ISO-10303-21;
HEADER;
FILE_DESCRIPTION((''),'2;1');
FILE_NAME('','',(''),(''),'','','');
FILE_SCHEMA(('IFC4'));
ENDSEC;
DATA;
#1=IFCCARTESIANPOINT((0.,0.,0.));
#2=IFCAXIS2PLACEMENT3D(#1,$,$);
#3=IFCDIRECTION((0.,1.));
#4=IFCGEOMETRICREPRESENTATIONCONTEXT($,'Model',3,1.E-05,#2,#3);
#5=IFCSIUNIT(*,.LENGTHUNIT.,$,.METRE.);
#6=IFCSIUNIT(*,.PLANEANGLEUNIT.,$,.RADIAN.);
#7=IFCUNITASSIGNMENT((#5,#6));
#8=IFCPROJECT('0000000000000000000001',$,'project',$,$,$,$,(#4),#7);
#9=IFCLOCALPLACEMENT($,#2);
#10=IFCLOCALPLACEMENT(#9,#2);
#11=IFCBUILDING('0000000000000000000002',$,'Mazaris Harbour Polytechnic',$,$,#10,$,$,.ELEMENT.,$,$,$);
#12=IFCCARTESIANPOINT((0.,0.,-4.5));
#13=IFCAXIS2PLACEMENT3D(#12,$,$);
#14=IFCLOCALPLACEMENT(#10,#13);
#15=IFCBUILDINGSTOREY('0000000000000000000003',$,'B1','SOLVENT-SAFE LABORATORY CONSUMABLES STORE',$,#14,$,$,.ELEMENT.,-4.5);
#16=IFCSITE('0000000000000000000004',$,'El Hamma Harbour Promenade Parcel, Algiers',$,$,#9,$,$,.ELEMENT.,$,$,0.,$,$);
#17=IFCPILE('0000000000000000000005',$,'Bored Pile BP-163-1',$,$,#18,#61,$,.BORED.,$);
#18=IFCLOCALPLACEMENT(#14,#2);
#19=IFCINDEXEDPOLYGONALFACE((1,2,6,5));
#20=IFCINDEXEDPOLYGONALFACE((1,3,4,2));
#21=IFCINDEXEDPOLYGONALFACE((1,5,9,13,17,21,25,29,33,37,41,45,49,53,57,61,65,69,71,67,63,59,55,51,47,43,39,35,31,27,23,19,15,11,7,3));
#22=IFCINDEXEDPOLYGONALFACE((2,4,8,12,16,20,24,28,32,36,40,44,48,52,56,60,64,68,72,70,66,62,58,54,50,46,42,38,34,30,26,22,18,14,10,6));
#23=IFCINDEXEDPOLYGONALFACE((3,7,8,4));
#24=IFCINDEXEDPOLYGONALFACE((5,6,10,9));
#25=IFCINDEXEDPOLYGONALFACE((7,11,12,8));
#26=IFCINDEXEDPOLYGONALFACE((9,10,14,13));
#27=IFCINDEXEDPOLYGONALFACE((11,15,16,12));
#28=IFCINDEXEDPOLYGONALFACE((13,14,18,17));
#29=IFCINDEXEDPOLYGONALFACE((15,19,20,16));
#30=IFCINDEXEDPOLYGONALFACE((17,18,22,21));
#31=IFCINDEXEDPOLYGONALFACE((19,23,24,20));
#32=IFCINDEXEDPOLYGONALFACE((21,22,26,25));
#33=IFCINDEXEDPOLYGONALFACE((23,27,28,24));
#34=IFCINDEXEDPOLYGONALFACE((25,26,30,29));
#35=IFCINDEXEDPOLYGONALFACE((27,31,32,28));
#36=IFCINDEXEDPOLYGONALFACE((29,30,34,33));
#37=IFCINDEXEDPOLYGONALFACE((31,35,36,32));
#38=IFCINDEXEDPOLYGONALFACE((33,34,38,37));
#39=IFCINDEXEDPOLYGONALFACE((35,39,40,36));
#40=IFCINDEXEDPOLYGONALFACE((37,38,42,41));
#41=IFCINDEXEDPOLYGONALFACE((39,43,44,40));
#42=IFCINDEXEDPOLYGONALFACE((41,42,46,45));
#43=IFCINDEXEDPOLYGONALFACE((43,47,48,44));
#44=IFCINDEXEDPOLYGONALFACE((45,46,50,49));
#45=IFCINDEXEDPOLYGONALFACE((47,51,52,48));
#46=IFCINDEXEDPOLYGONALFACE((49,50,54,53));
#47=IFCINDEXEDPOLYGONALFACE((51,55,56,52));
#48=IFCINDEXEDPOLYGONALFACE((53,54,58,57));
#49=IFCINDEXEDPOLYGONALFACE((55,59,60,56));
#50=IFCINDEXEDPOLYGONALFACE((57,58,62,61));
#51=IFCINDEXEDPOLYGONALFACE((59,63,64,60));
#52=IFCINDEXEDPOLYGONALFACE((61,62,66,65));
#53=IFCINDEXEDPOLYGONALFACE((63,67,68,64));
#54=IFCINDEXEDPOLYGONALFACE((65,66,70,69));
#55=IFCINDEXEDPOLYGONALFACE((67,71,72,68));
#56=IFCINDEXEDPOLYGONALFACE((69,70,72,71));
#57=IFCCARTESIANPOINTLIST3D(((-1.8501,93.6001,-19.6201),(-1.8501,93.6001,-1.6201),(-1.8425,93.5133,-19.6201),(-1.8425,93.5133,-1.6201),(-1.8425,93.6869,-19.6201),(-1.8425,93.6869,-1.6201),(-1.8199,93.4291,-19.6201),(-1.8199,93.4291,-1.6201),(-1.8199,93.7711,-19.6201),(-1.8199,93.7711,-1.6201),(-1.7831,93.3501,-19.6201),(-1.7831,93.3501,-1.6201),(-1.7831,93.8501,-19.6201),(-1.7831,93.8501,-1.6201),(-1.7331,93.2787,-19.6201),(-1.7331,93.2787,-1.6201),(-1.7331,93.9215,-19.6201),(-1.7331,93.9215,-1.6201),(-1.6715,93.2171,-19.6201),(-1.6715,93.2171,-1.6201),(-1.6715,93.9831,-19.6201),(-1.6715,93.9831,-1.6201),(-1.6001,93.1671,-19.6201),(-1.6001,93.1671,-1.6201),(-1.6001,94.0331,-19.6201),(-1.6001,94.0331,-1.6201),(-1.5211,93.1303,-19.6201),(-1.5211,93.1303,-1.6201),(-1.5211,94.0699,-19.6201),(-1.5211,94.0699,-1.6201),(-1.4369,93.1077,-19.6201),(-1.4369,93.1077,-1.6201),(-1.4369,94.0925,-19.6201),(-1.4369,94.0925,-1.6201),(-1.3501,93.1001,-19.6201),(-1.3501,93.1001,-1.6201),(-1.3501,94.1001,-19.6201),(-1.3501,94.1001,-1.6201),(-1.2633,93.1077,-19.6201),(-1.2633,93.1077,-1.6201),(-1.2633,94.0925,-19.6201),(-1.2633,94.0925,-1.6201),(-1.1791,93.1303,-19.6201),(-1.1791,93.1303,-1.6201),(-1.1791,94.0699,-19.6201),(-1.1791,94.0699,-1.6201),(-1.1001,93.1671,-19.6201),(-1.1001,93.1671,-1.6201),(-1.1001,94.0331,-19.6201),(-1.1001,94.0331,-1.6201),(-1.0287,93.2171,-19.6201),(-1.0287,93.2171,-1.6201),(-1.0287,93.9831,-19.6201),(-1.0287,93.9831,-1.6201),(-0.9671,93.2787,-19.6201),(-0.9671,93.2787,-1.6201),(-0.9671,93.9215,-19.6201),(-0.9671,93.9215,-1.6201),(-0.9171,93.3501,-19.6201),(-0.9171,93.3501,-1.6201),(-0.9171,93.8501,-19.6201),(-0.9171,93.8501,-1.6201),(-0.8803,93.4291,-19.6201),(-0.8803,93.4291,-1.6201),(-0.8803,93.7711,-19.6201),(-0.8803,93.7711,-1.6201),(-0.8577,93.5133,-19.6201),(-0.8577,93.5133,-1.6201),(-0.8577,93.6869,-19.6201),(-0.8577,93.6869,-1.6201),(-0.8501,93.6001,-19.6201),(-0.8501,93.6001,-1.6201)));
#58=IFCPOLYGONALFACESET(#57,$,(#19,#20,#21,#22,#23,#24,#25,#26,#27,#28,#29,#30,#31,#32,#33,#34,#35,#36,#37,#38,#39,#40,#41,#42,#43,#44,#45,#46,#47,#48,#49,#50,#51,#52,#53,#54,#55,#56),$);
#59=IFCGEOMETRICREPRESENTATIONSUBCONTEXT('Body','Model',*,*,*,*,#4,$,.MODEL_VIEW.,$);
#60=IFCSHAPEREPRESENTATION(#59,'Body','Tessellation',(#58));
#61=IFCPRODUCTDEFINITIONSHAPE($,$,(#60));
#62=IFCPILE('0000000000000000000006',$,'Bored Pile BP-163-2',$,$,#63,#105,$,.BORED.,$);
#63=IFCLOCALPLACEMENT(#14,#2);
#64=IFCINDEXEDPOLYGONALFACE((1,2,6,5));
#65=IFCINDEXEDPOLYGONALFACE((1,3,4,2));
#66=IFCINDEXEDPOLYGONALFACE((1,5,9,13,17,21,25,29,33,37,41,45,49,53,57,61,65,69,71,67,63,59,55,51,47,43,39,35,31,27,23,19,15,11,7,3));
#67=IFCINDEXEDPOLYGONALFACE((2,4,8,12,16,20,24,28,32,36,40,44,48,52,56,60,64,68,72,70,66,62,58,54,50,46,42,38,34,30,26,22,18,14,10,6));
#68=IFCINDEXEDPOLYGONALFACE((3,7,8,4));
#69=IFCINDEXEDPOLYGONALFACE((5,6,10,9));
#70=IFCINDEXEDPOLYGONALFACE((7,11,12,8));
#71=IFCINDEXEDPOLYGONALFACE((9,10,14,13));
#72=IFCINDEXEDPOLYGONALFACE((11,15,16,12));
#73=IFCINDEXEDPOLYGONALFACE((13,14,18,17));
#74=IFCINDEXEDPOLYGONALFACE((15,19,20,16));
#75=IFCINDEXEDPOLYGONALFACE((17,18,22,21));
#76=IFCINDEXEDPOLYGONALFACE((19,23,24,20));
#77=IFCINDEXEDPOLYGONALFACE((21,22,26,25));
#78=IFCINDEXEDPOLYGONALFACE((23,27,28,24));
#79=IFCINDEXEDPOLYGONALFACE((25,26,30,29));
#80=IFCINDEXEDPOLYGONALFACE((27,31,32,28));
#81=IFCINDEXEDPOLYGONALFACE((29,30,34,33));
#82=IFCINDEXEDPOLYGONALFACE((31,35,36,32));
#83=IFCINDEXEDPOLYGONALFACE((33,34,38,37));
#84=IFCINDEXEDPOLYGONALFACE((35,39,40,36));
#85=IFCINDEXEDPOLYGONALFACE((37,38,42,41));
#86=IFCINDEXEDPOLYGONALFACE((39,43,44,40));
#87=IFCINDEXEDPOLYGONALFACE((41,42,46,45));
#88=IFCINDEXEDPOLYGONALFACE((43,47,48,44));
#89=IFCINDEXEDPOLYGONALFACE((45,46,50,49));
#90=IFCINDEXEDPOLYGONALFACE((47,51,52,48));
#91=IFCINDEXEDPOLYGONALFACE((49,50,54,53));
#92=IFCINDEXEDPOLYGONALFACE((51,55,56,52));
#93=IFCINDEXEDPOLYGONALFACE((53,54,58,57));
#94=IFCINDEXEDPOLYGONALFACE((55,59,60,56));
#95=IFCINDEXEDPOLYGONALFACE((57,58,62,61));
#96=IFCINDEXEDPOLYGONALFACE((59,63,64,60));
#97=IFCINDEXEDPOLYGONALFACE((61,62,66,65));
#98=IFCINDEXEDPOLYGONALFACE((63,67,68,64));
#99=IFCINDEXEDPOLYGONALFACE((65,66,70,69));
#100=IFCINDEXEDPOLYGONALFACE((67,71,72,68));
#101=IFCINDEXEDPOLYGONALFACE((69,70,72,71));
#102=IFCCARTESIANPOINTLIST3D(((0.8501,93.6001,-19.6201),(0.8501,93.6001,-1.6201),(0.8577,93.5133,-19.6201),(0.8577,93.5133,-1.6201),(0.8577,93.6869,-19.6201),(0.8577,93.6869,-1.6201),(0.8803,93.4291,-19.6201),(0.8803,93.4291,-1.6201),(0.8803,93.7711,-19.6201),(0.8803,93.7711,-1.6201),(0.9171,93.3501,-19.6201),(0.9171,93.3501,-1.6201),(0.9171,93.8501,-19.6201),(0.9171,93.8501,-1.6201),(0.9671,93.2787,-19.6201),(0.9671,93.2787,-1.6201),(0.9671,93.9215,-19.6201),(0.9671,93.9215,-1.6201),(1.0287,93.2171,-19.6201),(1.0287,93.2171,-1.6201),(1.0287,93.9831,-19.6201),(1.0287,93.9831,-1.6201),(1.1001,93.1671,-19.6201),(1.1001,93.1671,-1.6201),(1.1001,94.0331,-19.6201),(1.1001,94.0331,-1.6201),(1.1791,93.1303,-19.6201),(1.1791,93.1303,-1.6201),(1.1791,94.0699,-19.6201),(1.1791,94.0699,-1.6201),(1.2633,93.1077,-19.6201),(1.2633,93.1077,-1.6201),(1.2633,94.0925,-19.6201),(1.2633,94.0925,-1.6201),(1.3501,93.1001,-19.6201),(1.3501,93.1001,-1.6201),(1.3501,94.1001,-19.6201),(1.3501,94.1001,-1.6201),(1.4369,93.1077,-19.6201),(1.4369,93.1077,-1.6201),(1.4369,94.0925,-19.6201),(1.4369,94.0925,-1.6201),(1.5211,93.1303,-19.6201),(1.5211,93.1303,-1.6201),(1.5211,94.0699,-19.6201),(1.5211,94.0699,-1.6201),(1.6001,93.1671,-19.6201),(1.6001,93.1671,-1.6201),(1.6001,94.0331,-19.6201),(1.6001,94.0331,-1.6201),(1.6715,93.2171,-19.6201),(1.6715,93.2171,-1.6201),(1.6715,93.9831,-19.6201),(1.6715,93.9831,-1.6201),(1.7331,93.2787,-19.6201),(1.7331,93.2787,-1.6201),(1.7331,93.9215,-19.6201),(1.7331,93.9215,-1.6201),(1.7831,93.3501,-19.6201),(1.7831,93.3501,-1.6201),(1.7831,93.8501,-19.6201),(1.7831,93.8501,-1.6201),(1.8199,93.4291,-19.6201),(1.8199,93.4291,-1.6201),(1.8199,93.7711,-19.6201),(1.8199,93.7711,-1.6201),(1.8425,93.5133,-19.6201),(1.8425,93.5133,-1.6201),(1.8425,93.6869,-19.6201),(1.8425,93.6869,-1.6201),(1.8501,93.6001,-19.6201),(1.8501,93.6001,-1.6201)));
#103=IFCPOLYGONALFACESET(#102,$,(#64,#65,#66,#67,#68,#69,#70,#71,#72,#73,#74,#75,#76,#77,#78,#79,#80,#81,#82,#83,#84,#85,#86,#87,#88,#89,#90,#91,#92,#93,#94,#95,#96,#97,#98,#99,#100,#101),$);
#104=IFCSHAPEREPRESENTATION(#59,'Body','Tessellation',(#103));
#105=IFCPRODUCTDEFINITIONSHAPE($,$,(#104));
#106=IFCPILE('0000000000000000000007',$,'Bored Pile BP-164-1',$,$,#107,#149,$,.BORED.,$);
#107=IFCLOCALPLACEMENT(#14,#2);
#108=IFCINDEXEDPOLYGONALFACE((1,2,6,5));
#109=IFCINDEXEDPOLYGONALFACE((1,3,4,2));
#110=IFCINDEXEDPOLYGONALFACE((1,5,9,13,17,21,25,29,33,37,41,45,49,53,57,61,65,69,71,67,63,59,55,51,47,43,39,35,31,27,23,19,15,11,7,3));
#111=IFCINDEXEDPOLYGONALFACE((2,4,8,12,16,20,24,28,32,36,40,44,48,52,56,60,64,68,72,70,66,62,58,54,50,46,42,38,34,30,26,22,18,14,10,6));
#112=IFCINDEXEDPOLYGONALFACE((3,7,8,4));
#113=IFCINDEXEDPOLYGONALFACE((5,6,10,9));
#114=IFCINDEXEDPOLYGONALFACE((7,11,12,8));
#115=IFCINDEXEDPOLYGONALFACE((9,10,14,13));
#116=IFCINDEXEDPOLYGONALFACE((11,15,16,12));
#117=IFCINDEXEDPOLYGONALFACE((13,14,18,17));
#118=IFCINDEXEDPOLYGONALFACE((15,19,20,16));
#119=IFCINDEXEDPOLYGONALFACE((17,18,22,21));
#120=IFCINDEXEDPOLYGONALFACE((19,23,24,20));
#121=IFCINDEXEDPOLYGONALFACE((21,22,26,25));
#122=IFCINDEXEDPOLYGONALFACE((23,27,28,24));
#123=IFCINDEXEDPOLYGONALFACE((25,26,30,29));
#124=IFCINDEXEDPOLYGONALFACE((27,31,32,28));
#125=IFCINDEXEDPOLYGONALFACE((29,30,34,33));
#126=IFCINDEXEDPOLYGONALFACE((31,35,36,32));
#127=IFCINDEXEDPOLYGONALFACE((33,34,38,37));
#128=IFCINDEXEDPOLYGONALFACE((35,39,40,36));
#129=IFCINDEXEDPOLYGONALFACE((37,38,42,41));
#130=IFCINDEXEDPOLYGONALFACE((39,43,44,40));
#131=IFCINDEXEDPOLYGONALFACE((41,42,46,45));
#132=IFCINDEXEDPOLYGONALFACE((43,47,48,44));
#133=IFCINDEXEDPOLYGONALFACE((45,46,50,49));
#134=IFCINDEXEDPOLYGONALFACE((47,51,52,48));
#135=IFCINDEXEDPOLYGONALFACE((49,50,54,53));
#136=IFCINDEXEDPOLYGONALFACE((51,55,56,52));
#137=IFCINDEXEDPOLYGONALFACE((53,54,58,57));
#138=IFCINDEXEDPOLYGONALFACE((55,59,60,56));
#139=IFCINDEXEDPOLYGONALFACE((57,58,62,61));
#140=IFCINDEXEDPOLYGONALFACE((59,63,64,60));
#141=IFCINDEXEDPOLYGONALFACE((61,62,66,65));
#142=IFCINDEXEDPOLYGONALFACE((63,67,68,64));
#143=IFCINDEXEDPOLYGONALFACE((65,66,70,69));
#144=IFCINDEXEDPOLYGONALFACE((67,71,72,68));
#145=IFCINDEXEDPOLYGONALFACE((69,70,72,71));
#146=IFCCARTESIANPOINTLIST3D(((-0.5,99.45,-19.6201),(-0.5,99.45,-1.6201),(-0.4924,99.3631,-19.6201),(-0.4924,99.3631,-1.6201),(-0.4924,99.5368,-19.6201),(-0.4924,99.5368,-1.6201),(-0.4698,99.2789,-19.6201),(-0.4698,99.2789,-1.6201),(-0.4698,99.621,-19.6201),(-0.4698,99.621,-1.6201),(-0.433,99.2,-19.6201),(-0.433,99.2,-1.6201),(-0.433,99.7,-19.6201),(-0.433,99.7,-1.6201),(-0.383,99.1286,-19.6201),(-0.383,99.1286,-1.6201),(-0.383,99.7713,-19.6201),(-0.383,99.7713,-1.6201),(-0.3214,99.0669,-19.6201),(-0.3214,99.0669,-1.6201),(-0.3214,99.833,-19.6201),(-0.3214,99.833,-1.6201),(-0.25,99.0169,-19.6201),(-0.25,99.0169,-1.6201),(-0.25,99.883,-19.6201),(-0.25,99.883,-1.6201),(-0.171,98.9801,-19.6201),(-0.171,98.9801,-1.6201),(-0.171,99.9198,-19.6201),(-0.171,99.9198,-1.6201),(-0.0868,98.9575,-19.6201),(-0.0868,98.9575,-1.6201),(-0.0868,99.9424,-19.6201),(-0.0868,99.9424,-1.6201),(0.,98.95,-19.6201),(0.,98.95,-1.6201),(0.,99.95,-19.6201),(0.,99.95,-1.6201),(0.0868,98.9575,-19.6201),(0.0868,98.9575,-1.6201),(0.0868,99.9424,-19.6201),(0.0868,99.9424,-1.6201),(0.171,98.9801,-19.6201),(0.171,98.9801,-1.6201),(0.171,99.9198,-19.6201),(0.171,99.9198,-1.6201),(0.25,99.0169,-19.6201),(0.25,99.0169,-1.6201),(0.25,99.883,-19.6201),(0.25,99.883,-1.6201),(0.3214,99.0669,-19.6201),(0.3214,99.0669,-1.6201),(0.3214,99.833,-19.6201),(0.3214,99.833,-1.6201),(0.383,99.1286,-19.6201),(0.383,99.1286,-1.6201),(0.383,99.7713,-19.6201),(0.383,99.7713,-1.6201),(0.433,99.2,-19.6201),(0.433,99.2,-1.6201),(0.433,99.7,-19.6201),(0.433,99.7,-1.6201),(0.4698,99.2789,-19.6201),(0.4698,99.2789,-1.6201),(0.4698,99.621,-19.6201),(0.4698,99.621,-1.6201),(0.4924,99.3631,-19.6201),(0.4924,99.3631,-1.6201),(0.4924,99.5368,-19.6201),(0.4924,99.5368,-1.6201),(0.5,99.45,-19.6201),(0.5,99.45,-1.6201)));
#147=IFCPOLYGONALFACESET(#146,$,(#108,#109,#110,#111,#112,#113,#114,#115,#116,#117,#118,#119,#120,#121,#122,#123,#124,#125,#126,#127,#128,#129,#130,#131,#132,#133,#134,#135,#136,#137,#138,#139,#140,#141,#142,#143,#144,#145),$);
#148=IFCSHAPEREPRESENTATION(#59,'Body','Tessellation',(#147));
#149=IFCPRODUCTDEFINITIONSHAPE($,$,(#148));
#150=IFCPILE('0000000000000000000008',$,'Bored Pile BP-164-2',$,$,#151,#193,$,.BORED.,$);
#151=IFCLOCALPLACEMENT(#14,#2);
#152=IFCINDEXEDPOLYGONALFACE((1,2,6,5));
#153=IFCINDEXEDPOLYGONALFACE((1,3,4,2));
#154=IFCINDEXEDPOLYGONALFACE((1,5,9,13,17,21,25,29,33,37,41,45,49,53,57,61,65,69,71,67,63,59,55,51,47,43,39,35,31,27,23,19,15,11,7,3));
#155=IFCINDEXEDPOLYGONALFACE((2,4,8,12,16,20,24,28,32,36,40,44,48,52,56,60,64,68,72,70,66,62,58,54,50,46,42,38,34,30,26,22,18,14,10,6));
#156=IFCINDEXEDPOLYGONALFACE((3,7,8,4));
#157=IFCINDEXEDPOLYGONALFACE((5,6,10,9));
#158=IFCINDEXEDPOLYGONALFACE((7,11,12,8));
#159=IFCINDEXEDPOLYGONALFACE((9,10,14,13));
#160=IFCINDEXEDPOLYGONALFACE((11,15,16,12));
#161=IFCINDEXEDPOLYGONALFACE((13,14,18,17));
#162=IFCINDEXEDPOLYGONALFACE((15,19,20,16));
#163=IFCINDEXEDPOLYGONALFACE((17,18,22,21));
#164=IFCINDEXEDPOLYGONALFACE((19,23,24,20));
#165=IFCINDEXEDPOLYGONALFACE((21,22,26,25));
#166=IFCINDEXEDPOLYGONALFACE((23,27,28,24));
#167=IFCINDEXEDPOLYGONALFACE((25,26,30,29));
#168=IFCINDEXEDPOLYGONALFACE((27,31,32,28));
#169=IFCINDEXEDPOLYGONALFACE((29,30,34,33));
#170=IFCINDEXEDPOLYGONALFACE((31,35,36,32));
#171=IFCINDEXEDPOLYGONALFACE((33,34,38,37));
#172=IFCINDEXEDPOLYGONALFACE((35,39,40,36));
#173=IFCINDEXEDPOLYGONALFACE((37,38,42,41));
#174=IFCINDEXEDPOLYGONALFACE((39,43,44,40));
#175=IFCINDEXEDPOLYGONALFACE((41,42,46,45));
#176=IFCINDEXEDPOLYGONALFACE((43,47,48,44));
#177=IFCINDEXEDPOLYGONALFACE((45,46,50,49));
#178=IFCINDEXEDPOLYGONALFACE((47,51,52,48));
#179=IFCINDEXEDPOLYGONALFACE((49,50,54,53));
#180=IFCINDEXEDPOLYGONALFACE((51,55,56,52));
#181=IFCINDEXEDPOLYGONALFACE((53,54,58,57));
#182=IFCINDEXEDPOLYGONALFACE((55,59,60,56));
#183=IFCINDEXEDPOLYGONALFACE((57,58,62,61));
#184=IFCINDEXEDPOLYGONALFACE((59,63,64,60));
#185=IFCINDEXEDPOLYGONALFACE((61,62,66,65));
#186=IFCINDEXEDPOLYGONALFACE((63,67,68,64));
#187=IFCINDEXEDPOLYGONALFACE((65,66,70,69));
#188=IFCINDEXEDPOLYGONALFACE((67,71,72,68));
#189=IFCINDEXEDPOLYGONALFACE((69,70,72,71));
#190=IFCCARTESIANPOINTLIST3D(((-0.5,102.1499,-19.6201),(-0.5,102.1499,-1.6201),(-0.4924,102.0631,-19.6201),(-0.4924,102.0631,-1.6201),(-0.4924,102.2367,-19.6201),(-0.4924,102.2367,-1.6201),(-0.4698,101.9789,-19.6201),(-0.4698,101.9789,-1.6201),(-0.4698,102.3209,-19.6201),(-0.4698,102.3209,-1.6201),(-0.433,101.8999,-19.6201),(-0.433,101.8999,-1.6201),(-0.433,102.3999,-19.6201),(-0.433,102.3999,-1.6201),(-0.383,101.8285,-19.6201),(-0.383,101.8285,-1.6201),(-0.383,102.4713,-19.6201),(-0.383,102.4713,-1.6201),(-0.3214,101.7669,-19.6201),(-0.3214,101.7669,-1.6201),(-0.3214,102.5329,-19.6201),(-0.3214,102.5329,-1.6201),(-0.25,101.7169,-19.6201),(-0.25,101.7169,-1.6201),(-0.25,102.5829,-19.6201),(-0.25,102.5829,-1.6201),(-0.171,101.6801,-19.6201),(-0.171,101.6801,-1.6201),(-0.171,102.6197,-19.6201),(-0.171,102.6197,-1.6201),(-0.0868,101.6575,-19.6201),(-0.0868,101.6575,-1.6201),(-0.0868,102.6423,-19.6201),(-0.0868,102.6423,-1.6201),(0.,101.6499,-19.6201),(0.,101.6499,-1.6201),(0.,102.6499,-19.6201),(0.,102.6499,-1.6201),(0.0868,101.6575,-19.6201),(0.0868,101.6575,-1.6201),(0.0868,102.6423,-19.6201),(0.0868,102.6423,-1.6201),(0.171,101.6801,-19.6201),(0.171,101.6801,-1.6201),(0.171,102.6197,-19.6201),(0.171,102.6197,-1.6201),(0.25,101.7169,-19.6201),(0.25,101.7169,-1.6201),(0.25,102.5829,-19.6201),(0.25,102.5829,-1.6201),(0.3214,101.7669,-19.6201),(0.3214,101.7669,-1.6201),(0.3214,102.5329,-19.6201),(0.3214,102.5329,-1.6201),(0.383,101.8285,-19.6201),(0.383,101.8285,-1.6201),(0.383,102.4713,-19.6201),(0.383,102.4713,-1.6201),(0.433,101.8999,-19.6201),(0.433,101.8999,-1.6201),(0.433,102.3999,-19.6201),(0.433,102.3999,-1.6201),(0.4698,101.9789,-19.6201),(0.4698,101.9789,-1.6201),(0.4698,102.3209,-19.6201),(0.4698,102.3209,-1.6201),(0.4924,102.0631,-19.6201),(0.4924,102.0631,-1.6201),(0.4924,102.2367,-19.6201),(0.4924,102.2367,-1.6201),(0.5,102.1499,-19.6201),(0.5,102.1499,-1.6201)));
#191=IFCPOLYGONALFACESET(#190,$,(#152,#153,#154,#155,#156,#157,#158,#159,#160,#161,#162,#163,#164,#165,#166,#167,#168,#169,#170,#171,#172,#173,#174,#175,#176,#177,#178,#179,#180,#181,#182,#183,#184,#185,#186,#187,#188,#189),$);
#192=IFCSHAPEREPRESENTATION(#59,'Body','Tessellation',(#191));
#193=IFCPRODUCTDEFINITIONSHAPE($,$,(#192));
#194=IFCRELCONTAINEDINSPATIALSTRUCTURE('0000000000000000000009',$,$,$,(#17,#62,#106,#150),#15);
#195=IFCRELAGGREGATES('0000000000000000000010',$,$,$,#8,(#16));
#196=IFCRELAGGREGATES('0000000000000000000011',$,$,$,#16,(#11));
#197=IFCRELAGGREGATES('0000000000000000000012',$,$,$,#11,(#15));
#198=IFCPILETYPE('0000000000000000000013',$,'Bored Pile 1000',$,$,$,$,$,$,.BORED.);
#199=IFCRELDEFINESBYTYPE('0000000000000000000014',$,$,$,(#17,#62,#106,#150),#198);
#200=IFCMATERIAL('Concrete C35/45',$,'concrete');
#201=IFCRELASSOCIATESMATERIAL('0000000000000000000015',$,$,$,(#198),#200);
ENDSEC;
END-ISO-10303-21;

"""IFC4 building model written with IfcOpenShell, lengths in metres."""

from ifc_helpers import new_model, si_unit, direction, frame, origin, origin_2d, place, context, subcontext, project, spatial, circle, extrude, material, material_profile, profile_set, type_object, element, save


model = new_model("IFC4")

# Units and contexts
model_context = context("Model", 3, precision=1e-05, world=origin(), true_north=direction((0.0, 1.0)))
body_context = subcontext(model_context, "Body", "Model", "MODEL_VIEW")
ifc_project = project(units=[si_unit("LENGTHUNIT", "METRE"), si_unit("PLANEANGLEUNIT", "RADIAN")], contexts=[model_context])

# Site, building, storey
site_placement = place(None, origin())
site = spatial("IfcSite", under=ifc_project, at=site_placement, Name="El Hamma Harbour Promenade Parcel, Algiers", CompositionType="ELEMENT", RefElevation=0.0)
building_placement = place(site_placement, origin())
building = spatial("IfcBuilding", under=site, at=building_placement, Name="Mazaris Harbour Polytechnic", CompositionType="ELEMENT")
storey_placement = place(building_placement, frame((0.0, 0.0, -4.5)))
storey = spatial("IfcBuildingStorey", under=building, at=storey_placement, Name="B1", Description="SOLVENT-SAFE LABORATORY CONSUMABLES STORE", CompositionType="ELEMENT", Elevation=-4.5)

# Piles
ifc_material_1 = material(Name="Concrete C35/45", Category="concrete")
ifc_material_profile_1 = material_profile(ifc_material_1, circle(Radius=0.5, at=origin_2d()), Name="DIA1000")
ifc_profile_set_1 = profile_set([ifc_material_profile_1], Name="Concrete C35/45")
pile_type_1 = type_object("IfcPileType", Name="Bored Pile 1000", PredefinedType="BORED", material=ifc_profile_set_1)
for number, where, z_axis, x_axis, name in (
    (1, (-1.3501, 93.6001, -1.6201), (0.0, 0.0, -1.0), (1.0, 0.0, 0.0), "Bored Pile BP-163-1"),
    (2, (1.3501, 93.6001, -1.6201), (0.0, 0.0, -1.0), (1.0, 0.0, 0.0), "Bored Pile BP-163-2"),
    (3, (0.0, 99.45, -1.6201), (0.0, 0.0, -1.0), (1.0, 0.0, 0.0), "Bored Pile BP-164-1"),
    (4, (0.0, 102.1499, -1.6201), (0.0, 0.0, -1.0), (1.0, 0.0, 0.0), "Bored Pile BP-164-2"),
):
    element("IfcPile", number, at=place(storey_placement, frame(where, z_axis=z_axis, x_axis=x_axis)), inside=storey, type_object=pile_type_1, Name=name, PredefinedType="BORED", context=body_context, shape_type="SweptSolid", body=[
        extrude(circle(Radius=0.5, at=origin_2d()), origin(), (0.0, 0.0, 1.0), 18.0),
    ])

save(model, "model.ifc")
